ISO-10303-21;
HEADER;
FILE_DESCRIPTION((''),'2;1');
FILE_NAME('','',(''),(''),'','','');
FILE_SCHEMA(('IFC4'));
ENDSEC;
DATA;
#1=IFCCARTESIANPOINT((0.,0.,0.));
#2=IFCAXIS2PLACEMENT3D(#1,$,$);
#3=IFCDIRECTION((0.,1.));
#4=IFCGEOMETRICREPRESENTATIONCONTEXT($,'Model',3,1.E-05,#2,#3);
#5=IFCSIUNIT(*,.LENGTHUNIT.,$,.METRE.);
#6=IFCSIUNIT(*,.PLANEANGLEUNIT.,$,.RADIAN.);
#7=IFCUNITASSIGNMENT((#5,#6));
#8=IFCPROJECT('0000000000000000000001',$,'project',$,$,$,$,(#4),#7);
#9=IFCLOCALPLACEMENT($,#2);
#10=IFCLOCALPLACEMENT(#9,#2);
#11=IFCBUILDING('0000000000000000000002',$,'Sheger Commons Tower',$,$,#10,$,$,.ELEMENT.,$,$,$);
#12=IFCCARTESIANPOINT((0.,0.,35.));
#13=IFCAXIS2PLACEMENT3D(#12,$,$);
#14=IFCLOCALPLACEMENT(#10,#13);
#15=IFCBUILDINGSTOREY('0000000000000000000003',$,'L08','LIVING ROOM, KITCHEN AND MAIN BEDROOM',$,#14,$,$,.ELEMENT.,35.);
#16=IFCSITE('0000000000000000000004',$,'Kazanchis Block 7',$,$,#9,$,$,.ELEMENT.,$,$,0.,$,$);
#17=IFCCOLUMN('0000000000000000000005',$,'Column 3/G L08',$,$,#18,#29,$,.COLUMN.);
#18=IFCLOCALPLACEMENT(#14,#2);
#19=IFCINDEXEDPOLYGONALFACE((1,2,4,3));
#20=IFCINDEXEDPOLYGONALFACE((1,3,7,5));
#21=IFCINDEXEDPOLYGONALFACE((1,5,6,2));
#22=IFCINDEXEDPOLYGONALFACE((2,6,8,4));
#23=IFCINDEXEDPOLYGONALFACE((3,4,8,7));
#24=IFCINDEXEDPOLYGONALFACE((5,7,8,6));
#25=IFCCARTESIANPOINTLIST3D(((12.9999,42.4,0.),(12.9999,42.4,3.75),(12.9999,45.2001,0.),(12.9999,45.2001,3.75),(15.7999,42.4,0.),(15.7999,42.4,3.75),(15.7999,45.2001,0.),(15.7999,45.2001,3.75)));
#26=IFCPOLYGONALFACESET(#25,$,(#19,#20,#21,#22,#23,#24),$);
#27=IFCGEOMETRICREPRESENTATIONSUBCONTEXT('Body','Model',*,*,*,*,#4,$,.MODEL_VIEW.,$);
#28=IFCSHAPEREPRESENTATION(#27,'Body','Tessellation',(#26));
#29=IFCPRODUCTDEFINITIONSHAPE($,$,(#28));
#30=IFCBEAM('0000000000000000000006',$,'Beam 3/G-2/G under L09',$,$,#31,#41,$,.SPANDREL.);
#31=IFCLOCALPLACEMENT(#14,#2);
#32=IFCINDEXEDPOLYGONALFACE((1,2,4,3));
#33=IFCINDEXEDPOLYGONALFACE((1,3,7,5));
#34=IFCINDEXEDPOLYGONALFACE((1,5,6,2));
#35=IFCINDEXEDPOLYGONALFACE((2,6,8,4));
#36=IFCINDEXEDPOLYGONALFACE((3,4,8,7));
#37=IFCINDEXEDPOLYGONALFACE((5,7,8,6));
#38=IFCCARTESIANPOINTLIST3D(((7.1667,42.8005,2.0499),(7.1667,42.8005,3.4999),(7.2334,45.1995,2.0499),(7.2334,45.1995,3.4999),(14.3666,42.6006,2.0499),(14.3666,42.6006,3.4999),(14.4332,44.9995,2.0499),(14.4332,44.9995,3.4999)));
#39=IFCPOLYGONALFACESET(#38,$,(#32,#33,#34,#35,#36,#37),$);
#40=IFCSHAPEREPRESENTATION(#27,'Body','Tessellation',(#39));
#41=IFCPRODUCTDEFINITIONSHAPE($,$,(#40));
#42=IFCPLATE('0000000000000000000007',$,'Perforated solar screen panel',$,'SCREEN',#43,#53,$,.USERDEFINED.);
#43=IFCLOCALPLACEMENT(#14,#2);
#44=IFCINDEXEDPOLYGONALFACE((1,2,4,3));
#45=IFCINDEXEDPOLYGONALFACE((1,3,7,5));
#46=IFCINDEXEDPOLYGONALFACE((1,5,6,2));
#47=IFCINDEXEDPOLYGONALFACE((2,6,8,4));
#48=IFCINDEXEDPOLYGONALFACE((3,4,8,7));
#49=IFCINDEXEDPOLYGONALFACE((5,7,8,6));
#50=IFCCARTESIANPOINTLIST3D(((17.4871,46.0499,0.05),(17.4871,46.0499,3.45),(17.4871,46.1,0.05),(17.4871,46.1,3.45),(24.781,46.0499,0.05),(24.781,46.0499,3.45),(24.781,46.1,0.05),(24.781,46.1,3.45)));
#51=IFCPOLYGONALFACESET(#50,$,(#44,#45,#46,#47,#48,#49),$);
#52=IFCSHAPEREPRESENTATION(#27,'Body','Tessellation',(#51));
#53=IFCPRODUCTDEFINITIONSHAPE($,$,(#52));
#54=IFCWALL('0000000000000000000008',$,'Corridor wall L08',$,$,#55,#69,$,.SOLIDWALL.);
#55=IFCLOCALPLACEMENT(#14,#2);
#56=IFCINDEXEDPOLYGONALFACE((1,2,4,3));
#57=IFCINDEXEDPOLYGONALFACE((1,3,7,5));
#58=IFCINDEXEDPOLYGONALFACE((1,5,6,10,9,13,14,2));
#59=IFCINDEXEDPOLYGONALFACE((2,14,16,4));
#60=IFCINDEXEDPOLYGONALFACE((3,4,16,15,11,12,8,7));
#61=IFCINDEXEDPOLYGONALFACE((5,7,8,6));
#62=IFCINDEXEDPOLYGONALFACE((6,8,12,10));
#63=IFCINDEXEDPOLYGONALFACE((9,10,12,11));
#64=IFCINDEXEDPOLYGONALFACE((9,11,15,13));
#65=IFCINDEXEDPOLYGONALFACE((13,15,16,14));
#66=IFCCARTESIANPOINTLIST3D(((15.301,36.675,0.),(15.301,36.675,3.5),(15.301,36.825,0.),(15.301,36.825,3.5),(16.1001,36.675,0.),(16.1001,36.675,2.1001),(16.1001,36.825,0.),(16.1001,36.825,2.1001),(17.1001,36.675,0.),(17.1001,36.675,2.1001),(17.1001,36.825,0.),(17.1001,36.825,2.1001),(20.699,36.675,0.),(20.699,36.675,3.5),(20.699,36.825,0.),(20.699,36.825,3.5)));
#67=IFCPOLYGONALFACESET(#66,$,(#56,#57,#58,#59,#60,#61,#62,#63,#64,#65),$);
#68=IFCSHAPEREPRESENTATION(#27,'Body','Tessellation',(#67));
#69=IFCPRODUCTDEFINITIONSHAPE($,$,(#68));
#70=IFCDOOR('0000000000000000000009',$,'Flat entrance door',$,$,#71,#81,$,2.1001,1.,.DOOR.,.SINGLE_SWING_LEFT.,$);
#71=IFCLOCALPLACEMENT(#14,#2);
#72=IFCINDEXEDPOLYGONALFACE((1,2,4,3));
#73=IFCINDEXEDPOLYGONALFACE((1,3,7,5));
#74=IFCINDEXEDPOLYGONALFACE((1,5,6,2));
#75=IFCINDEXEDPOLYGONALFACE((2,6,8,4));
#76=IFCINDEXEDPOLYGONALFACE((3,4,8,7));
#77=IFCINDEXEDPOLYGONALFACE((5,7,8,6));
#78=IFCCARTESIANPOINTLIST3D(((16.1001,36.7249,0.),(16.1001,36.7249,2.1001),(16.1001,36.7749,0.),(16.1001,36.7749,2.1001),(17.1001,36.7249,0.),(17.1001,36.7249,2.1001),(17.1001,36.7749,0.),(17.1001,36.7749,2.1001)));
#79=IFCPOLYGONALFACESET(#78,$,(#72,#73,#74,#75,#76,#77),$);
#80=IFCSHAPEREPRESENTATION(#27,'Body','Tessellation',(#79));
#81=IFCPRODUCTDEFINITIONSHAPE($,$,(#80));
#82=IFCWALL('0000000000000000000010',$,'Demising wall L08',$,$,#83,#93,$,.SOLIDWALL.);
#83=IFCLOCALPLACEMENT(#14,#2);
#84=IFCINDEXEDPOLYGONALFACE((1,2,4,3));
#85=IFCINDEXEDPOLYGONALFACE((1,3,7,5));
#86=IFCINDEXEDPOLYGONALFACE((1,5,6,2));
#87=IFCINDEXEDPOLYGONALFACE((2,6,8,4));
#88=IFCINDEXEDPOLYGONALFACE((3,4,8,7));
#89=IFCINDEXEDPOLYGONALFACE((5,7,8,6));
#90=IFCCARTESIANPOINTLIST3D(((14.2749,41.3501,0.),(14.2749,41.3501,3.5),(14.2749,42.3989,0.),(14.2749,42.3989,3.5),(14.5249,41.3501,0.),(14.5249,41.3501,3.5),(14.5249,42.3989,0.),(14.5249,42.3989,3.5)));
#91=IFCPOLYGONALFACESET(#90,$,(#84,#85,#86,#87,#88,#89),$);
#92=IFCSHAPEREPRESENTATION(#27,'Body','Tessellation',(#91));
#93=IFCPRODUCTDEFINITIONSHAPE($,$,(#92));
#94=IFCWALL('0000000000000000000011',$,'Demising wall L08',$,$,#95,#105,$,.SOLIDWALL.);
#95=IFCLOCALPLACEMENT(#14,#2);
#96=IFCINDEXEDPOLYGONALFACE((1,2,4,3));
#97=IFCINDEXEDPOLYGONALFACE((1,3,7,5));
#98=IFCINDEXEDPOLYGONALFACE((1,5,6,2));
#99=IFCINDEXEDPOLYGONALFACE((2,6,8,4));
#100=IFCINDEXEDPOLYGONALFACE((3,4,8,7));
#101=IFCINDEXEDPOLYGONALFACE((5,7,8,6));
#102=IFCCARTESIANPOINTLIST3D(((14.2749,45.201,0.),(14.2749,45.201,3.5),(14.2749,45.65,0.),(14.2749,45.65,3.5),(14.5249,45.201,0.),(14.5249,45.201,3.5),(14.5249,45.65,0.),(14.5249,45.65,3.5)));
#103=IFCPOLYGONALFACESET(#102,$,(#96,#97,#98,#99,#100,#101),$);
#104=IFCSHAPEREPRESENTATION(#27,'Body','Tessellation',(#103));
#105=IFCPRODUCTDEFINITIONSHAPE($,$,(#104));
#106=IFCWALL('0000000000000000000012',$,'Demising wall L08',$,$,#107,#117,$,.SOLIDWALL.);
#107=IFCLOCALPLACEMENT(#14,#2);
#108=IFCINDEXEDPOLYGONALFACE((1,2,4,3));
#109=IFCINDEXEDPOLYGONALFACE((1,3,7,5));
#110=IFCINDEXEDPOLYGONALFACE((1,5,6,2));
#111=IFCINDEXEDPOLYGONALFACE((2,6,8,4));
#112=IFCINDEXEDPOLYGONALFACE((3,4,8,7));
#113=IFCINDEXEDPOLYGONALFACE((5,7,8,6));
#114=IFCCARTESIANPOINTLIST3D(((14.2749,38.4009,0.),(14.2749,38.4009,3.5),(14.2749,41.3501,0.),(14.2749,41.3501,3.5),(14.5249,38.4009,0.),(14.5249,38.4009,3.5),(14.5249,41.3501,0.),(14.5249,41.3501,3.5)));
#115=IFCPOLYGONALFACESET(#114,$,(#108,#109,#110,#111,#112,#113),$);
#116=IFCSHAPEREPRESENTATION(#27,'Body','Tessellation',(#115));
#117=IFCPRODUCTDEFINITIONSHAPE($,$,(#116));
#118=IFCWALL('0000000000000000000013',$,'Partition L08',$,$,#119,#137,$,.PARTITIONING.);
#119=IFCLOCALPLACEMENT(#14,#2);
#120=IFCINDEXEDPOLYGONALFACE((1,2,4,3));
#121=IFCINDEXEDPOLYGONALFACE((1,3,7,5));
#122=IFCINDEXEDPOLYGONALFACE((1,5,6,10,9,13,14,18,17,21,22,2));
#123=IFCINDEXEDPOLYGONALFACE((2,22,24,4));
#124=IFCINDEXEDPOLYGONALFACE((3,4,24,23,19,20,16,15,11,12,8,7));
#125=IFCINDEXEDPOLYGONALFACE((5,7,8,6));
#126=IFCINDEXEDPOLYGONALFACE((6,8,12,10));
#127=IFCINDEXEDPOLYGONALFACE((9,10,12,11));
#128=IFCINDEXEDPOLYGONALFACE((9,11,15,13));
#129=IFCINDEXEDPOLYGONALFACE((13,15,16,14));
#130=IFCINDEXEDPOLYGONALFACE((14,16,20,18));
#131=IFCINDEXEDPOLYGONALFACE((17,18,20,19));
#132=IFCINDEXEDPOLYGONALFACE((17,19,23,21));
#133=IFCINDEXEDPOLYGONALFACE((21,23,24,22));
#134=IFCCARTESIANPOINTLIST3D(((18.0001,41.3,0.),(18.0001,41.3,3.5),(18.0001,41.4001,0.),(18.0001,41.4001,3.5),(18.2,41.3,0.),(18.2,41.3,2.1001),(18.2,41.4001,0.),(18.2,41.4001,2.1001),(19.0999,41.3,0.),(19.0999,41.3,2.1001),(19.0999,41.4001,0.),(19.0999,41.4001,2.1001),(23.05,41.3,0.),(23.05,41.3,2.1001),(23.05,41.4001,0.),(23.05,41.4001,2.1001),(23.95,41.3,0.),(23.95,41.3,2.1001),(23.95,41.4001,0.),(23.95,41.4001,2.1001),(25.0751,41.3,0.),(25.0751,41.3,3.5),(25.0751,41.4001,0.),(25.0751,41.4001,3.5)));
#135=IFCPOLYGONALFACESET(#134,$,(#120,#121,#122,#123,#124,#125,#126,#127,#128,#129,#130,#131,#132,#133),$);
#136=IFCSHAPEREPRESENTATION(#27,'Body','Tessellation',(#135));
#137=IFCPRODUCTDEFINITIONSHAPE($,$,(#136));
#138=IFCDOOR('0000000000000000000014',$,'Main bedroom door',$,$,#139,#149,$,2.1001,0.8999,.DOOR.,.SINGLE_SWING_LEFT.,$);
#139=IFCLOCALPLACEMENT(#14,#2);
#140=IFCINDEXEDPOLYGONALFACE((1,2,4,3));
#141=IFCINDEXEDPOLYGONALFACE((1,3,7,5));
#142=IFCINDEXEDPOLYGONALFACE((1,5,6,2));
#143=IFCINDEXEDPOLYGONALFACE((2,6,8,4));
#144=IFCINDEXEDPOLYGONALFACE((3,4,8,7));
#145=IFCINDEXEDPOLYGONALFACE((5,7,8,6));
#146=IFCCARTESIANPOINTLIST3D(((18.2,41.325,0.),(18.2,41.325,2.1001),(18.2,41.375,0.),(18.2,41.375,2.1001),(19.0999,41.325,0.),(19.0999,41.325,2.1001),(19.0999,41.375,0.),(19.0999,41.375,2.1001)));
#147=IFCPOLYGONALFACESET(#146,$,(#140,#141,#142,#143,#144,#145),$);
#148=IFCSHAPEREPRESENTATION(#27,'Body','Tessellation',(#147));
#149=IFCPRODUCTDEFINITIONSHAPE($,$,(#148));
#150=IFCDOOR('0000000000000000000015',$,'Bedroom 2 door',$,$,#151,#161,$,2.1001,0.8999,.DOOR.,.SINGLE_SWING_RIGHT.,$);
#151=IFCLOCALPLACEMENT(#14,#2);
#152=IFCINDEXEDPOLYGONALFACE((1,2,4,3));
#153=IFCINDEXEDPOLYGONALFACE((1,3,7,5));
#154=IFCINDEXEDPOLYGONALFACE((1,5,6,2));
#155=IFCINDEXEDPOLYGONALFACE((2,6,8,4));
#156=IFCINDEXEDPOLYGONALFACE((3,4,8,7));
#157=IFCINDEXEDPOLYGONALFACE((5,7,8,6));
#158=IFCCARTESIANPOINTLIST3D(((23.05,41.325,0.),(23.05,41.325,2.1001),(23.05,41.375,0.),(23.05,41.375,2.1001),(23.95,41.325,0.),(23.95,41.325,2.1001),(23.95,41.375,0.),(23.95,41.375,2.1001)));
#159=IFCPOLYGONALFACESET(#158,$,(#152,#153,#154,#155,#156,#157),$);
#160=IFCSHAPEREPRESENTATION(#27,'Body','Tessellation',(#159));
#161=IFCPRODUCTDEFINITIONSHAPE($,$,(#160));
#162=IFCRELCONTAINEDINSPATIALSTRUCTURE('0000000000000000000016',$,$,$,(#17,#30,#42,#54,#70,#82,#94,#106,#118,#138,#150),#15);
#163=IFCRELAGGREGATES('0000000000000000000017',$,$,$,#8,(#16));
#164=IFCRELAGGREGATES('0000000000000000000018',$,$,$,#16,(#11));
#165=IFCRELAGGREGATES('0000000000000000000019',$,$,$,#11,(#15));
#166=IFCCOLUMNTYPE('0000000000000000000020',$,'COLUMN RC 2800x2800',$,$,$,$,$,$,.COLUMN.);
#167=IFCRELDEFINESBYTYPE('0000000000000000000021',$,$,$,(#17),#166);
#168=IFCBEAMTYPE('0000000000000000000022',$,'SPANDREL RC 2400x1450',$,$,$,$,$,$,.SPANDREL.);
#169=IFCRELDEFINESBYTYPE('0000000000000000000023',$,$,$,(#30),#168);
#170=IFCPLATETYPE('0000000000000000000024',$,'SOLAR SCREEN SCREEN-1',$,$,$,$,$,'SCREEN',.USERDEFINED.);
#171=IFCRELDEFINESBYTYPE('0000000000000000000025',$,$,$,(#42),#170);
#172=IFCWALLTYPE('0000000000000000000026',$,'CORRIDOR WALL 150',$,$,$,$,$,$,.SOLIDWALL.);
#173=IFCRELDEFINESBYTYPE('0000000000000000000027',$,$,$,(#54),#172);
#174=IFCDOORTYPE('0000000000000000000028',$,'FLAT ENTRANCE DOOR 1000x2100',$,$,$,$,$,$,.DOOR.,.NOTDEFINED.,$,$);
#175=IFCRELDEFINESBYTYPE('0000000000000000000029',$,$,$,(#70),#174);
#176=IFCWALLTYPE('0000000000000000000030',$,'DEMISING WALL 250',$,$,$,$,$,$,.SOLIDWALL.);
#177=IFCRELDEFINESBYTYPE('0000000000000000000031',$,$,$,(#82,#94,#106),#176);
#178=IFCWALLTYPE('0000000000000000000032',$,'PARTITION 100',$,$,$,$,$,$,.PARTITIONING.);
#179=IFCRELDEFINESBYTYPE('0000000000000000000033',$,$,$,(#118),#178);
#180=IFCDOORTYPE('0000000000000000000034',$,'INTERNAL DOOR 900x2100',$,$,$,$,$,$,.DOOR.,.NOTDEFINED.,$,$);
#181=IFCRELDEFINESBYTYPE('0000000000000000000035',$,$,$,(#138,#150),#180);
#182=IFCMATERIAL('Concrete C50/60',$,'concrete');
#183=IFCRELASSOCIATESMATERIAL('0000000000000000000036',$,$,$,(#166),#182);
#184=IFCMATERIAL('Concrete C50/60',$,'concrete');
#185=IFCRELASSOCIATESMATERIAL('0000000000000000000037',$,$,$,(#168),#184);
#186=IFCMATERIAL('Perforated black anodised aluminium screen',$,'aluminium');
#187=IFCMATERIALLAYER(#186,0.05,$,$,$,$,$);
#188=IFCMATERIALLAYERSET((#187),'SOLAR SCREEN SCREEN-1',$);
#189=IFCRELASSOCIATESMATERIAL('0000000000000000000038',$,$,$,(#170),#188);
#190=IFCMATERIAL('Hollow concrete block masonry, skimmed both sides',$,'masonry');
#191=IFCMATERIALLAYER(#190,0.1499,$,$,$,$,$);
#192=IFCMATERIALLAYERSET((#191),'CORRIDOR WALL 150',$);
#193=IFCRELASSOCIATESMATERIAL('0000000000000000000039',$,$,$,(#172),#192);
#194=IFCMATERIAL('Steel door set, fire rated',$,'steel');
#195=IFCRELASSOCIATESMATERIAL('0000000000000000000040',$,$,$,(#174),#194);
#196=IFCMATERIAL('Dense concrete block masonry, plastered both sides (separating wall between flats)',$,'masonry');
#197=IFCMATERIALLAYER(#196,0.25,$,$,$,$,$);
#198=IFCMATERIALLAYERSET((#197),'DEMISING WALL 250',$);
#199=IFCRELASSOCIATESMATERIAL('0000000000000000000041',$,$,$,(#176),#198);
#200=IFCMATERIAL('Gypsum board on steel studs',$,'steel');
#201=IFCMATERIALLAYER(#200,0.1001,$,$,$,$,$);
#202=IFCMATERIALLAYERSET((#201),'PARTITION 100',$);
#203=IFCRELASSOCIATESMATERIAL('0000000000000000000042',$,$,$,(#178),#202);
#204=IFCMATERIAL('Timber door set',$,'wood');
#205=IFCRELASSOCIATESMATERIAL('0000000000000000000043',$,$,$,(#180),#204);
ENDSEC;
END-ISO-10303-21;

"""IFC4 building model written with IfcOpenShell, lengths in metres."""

from ifc_helpers import new_model, si_unit, direction, frame, frame_2d, origin, origin_2d, place, context, subcontext, project, spatial, rectangle, extrude, material, layer, layer_set, material_profile, profile_set, type_object, element, fill, save


model = new_model("IFC4")

# Units and contexts
model_context = context("Model", 3, precision=1e-05, world=origin(), true_north=direction((0.0, 1.0)))
body_context = subcontext(model_context, "Body", "Model", "MODEL_VIEW")
ifc_project = project(units=[si_unit("LENGTHUNIT", "METRE"), si_unit("PLANEANGLEUNIT", "RADIAN")], contexts=[model_context])

# Site, building, storey
site_placement = place(None, origin())
site = spatial("IfcSite", under=ifc_project, at=site_placement, Name="Kazanchis Block 7", CompositionType="ELEMENT", RefElevation=0.0)
building_placement = place(site_placement, origin())
building = spatial("IfcBuilding", under=site, at=building_placement, Name="Sheger Commons Tower", CompositionType="ELEMENT")
storey_placement = place(building_placement, frame((0.0, 0.0, 35.0)))
storey = spatial("IfcBuildingStorey", under=building, at=storey_placement, Name="L08", Description="LIVING ROOM, KITCHEN AND MAIN BEDROOM", CompositionType="ELEMENT", Elevation=35.0)

# Column
ifc_material_1 = material(Name="Concrete C50/60", Category="concrete")
ifc_material_profile_1 = material_profile(ifc_material_1, rectangle(XDim=2.8, YDim=2.8, at=origin_2d()), Name="RC 2800x2800")
ifc_profile_set_1 = profile_set([ifc_material_profile_1], Name="Concrete C50/60")
column_type = type_object("IfcColumnType", Name="COLUMN RC 2800x2800", PredefinedType="COLUMN", material=ifc_profile_set_1)
column_placement = place(storey_placement, frame((14.3999, 43.8, 0.0), z_axis=(0.0, 0.0, 1.0), x_axis=(1.0, 0.0, 0.0)))
element("IfcColumn", 1, at=column_placement, inside=storey, type_object=column_type, Name="Column 3/G L08", PredefinedType="COLUMN", context=body_context, shape_type="SweptSolid", body=[
    extrude(rectangle(XDim=2.8, YDim=2.8, at=origin_2d()), origin(), (0.0, 0.0, 1.0), 3.75),
])

# Beam
ifc_material_2 = material(Name="Concrete C50/60", Category="concrete")
ifc_material_profile_2 = material_profile(ifc_material_2, rectangle(XDim=2.3999, YDim=1.45, at=origin_2d()), Name="RC 2400x1450")
ifc_profile_set_2 = profile_set([ifc_material_profile_2], Name="Concrete C50/60")
beam_type = type_object("IfcBeamType", Name="SPANDREL RC 2400x1450", PredefinedType="SPANDREL", material=ifc_profile_set_2)
beam_placement = place(storey_placement, frame((14.3999, 43.8, 2.7749), z_axis=(-0.999615, 0.02776, 0.0), x_axis=(-0.02776, -0.999615, 0.0)))
element("IfcBeam", 2, at=beam_placement, inside=storey, type_object=beam_type, Name="Beam 3/G-2/G under L09", PredefinedType="SPANDREL", context=body_context, shape_type="SweptSolid", body=[
    extrude(rectangle(XDim=2.3999, YDim=1.45, at=origin_2d()), origin(), (0.0, 0.0, 1.0), 7.2026),
])

# Plate
ifc_material_3 = material(Name="Perforated black anodised aluminium screen", Category="aluminium")
ifc_layer_1 = layer(ifc_material_3, 0.05)
ifc_layer_set_1 = layer_set([ifc_layer_1], Name="SOLAR SCREEN SCREEN-1")
plate_type = type_object("IfcPlateType", Name="SOLAR SCREEN SCREEN-1", ElementType="SCREEN", PredefinedType="USERDEFINED", material=ifc_layer_set_1)
plate_placement = place(storey_placement, frame((21.134, 46.075, 0.05), z_axis=(0.0, 0.0, 1.0), x_axis=(-1.0, 0.0, 0.0)))
element("IfcPlate", 3, at=plate_placement, inside=storey, type_object=plate_type, Name="Perforated solar screen panel", ObjectType="SCREEN", PredefinedType="USERDEFINED", context=body_context, shape_type="SweptSolid", body=[
    extrude(rectangle(XDim=7.2939, YDim=0.05, at=origin_2d()), origin(), (0.0, 0.0, 1.0), 3.3999),
])

# Wall, opening, door
ifc_material_4 = material(Name="Hollow concrete block masonry, skimmed both sides", Category="masonry")
ifc_layer_2 = layer(ifc_material_4, 0.1499)
ifc_layer_set_2 = layer_set([ifc_layer_2], Name="CORRIDOR WALL 150")
wall_type_1 = type_object("IfcWallType", Name="CORRIDOR WALL 150", PredefinedType="SOLIDWALL", material=ifc_layer_set_2)
wall_1_placement = place(storey_placement, frame((15.301, 36.75, 0.0), z_axis=(0.0, 0.0, 1.0), x_axis=(1.0, 0.0, 0.0)))
wall_1 = element("IfcWall", 4, at=wall_1_placement, inside=storey, type_object=wall_type_1, Name="Corridor wall L08", PredefinedType="SOLIDWALL", context=body_context, shape_type="SweptSolid", body=[
    extrude(rectangle(XDim=5.3979, YDim=0.1499, at=frame_2d((2.699, 0.0))), origin(), (0.0, 0.0, 1.0), 3.5),
])
opening_1_placement = place(wall_1_placement, frame((0.7991, 0.0, 0.0)))
opening_1 = element("IfcOpeningElement", 5, at=opening_1_placement, cuts=wall_1, PredefinedType="OPENING", context=body_context, shape_type="SweptSolid", body=[
    extrude(rectangle(XDim=1.0, YDim=2.1001, at=frame_2d((0.5, 1.05))), frame((0.0, 0.085, 0.0), z_axis=(0.0, -1.0, 0.0), x_axis=(1.0, 0.0, 0.0)), (0.0, 0.0, 1.0), 0.1699),
])
ifc_material_5 = material(Name="Steel door set, fire rated", Category="steel")
door_type_1 = type_object("IfcDoorType", Name="FLAT ENTRANCE DOOR 1000x2100", OperationType="NOTDEFINED", PredefinedType="DOOR", material=ifc_material_5)
door_1_placement = place(opening_1_placement, origin())
door_1 = element("IfcDoor", 6, at=door_1_placement, inside=storey, type_object=door_type_1, Name="Flat entrance door", OperationType="SINGLE_SWING_LEFT", OverallHeight=2.1001, OverallWidth=1.0, PredefinedType="DOOR", context=body_context, shape_type="SweptSolid", body=[
    extrude(rectangle(XDim=1.0, YDim=2.1001, at=frame_2d((0.5, 1.05))), frame((0.0, 0.0249, 0.0), z_axis=(0.0, -1.0, 0.0), x_axis=(1.0, 0.0, 0.0)), (0.0, 0.0, 1.0), 0.05),
])
fill(opening_1, door_1)

# Walls
ifc_material_6 = material(Name="Dense concrete block masonry, plastered both sides (separating wall between flats)", Category="masonry")
ifc_layer_3 = layer(ifc_material_6, 0.25)
ifc_layer_set_3 = layer_set([ifc_layer_3], Name="DEMISING WALL 250")
wall_type_2 = type_object("IfcWallType", Name="DEMISING WALL 250", PredefinedType="SOLIDWALL", material=ifc_layer_set_3)
wall_2_placement = place(storey_placement, frame((14.3999, 41.3501, 0.0), z_axis=(0.0, 0.0, 1.0), x_axis=(0.0, 1.0, 0.0)))
element("IfcWall", 7, at=wall_2_placement, inside=storey, type_object=wall_type_2, Name="Demising wall L08", PredefinedType="SOLIDWALL", context=body_context, shape_type="SweptSolid", body=[
    extrude(rectangle(XDim=1.0488, YDim=0.25, at=frame_2d((0.5244, 0.0))), origin(), (0.0, 0.0, 1.0), 3.5),
])
wall_3_placement = place(storey_placement, frame((14.3999, 45.2009, 0.0), z_axis=(0.0, 0.0, 1.0), x_axis=(0.0, 1.0, 0.0)))
element("IfcWall", 8, at=wall_3_placement, inside=storey, type_object=wall_type_2, Name="Demising wall L08", PredefinedType="SOLIDWALL", context=body_context, shape_type="SweptSolid", body=[
    extrude(rectangle(XDim=0.449, YDim=0.25, at=frame_2d((0.2246, 0.0))), origin(), (0.0, 0.0, 1.0), 3.5),
])
wall_4_placement = place(storey_placement, frame((14.3999, 38.4009, 0.0), z_axis=(0.0, 0.0, 1.0), x_axis=(0.0, 1.0, 0.0)))
element("IfcWall", 9, at=wall_4_placement, inside=storey, type_object=wall_type_2, Name="Demising wall L08", PredefinedType="SOLIDWALL", context=body_context, shape_type="SweptSolid", body=[
    extrude(rectangle(XDim=2.9492, YDim=0.25, at=frame_2d((1.4746, 0.0))), origin(), (0.0, 0.0, 1.0), 3.5),
])

# Wall, openings, doors
ifc_material_7 = material(Name="Gypsum board on steel studs", Category="steel")
ifc_layer_4 = layer(ifc_material_7, 0.1001)
ifc_layer_set_4 = layer_set([ifc_layer_4], Name="PARTITION 100")
wall_type_3 = type_object("IfcWallType", Name="PARTITION 100", PredefinedType="PARTITIONING", material=ifc_layer_set_4)
wall_5_placement = place(storey_placement, frame((18.0, 41.3501, 0.0), z_axis=(0.0, 0.0, 1.0), x_axis=(1.0, 0.0, 0.0)))
wall_5 = element("IfcWall", 10, at=wall_5_placement, inside=storey, type_object=wall_type_3, Name="Partition L08", PredefinedType="PARTITIONING", context=body_context, shape_type="SweptSolid", body=[
    extrude(rectangle(XDim=7.075, YDim=0.1001, at=frame_2d((3.5376, 0.0))), origin(), (0.0, 0.0, 1.0), 3.5),
])
opening_2_placement = place(wall_5_placement, frame((0.2, 0.0, 0.0)))
opening_2 = element("IfcOpeningElement", 11, at=opening_2_placement, cuts=wall_5, PredefinedType="OPENING", context=body_context, shape_type="SweptSolid", body=[
    extrude(rectangle(XDim=0.8999, YDim=2.1001, at=frame_2d((0.45, 1.05))), frame((0.0, 0.0601, 0.0), z_axis=(0.0, -1.0, 0.0), x_axis=(1.0, 0.0, 0.0)), (0.0, 0.0, 1.0), 0.1201),
])
opening_3_placement = place(wall_5_placement, frame((5.05, 0.0, 0.0)))
opening_3 = element("IfcOpeningElement", 12, at=opening_3_placement, cuts=wall_5, PredefinedType="OPENING", context=body_context, shape_type="SweptSolid", body=[
    extrude(rectangle(XDim=0.8999, YDim=2.1001, at=frame_2d((0.45, 1.05))), frame((0.0, 0.0601, 0.0), z_axis=(0.0, -1.0, 0.0), x_axis=(1.0, 0.0, 0.0)), (0.0, 0.0, 1.0), 0.1201),
])
ifc_material_8 = material(Name="Timber door set", Category="wood")
door_type_2 = type_object("IfcDoorType", Name="INTERNAL DOOR 900x2100", OperationType="NOTDEFINED", PredefinedType="DOOR", material=ifc_material_8)
door_2_placement = place(opening_2_placement, origin())
door_2 = element("IfcDoor", 13, at=door_2_placement, inside=storey, type_object=door_type_2, Name="Main bedroom door", OperationType="SINGLE_SWING_LEFT", OverallHeight=2.1001, OverallWidth=0.8999, PredefinedType="DOOR", context=body_context, shape_type="SweptSolid", body=[
    extrude(rectangle(XDim=0.8999, YDim=2.1001, at=frame_2d((0.45, 1.05))), frame((0.0, 0.0249, 0.0), z_axis=(0.0, -1.0, 0.0), x_axis=(1.0, 0.0, 0.0)), (0.0, 0.0, 1.0), 0.05),
])
fill(opening_2, door_2)
door_3_placement = place(opening_3_placement, origin())
door_3 = element("IfcDoor", 14, at=door_3_placement, inside=storey, type_object=door_type_2, Name="Bedroom 2 door", OperationType="SINGLE_SWING_RIGHT", OverallHeight=2.1001, OverallWidth=0.8999, PredefinedType="DOOR", context=body_context, shape_type="SweptSolid", body=[
    extrude(rectangle(XDim=0.8999, YDim=2.1001, at=frame_2d((0.45, 1.05))), frame((0.0, 0.0249, 0.0), z_axis=(0.0, -1.0, 0.0), x_axis=(1.0, 0.0, 0.0)), (0.0, 0.0, 1.0), 0.05),
])
fill(opening_3, door_3)

save(model, "model.ifc")
